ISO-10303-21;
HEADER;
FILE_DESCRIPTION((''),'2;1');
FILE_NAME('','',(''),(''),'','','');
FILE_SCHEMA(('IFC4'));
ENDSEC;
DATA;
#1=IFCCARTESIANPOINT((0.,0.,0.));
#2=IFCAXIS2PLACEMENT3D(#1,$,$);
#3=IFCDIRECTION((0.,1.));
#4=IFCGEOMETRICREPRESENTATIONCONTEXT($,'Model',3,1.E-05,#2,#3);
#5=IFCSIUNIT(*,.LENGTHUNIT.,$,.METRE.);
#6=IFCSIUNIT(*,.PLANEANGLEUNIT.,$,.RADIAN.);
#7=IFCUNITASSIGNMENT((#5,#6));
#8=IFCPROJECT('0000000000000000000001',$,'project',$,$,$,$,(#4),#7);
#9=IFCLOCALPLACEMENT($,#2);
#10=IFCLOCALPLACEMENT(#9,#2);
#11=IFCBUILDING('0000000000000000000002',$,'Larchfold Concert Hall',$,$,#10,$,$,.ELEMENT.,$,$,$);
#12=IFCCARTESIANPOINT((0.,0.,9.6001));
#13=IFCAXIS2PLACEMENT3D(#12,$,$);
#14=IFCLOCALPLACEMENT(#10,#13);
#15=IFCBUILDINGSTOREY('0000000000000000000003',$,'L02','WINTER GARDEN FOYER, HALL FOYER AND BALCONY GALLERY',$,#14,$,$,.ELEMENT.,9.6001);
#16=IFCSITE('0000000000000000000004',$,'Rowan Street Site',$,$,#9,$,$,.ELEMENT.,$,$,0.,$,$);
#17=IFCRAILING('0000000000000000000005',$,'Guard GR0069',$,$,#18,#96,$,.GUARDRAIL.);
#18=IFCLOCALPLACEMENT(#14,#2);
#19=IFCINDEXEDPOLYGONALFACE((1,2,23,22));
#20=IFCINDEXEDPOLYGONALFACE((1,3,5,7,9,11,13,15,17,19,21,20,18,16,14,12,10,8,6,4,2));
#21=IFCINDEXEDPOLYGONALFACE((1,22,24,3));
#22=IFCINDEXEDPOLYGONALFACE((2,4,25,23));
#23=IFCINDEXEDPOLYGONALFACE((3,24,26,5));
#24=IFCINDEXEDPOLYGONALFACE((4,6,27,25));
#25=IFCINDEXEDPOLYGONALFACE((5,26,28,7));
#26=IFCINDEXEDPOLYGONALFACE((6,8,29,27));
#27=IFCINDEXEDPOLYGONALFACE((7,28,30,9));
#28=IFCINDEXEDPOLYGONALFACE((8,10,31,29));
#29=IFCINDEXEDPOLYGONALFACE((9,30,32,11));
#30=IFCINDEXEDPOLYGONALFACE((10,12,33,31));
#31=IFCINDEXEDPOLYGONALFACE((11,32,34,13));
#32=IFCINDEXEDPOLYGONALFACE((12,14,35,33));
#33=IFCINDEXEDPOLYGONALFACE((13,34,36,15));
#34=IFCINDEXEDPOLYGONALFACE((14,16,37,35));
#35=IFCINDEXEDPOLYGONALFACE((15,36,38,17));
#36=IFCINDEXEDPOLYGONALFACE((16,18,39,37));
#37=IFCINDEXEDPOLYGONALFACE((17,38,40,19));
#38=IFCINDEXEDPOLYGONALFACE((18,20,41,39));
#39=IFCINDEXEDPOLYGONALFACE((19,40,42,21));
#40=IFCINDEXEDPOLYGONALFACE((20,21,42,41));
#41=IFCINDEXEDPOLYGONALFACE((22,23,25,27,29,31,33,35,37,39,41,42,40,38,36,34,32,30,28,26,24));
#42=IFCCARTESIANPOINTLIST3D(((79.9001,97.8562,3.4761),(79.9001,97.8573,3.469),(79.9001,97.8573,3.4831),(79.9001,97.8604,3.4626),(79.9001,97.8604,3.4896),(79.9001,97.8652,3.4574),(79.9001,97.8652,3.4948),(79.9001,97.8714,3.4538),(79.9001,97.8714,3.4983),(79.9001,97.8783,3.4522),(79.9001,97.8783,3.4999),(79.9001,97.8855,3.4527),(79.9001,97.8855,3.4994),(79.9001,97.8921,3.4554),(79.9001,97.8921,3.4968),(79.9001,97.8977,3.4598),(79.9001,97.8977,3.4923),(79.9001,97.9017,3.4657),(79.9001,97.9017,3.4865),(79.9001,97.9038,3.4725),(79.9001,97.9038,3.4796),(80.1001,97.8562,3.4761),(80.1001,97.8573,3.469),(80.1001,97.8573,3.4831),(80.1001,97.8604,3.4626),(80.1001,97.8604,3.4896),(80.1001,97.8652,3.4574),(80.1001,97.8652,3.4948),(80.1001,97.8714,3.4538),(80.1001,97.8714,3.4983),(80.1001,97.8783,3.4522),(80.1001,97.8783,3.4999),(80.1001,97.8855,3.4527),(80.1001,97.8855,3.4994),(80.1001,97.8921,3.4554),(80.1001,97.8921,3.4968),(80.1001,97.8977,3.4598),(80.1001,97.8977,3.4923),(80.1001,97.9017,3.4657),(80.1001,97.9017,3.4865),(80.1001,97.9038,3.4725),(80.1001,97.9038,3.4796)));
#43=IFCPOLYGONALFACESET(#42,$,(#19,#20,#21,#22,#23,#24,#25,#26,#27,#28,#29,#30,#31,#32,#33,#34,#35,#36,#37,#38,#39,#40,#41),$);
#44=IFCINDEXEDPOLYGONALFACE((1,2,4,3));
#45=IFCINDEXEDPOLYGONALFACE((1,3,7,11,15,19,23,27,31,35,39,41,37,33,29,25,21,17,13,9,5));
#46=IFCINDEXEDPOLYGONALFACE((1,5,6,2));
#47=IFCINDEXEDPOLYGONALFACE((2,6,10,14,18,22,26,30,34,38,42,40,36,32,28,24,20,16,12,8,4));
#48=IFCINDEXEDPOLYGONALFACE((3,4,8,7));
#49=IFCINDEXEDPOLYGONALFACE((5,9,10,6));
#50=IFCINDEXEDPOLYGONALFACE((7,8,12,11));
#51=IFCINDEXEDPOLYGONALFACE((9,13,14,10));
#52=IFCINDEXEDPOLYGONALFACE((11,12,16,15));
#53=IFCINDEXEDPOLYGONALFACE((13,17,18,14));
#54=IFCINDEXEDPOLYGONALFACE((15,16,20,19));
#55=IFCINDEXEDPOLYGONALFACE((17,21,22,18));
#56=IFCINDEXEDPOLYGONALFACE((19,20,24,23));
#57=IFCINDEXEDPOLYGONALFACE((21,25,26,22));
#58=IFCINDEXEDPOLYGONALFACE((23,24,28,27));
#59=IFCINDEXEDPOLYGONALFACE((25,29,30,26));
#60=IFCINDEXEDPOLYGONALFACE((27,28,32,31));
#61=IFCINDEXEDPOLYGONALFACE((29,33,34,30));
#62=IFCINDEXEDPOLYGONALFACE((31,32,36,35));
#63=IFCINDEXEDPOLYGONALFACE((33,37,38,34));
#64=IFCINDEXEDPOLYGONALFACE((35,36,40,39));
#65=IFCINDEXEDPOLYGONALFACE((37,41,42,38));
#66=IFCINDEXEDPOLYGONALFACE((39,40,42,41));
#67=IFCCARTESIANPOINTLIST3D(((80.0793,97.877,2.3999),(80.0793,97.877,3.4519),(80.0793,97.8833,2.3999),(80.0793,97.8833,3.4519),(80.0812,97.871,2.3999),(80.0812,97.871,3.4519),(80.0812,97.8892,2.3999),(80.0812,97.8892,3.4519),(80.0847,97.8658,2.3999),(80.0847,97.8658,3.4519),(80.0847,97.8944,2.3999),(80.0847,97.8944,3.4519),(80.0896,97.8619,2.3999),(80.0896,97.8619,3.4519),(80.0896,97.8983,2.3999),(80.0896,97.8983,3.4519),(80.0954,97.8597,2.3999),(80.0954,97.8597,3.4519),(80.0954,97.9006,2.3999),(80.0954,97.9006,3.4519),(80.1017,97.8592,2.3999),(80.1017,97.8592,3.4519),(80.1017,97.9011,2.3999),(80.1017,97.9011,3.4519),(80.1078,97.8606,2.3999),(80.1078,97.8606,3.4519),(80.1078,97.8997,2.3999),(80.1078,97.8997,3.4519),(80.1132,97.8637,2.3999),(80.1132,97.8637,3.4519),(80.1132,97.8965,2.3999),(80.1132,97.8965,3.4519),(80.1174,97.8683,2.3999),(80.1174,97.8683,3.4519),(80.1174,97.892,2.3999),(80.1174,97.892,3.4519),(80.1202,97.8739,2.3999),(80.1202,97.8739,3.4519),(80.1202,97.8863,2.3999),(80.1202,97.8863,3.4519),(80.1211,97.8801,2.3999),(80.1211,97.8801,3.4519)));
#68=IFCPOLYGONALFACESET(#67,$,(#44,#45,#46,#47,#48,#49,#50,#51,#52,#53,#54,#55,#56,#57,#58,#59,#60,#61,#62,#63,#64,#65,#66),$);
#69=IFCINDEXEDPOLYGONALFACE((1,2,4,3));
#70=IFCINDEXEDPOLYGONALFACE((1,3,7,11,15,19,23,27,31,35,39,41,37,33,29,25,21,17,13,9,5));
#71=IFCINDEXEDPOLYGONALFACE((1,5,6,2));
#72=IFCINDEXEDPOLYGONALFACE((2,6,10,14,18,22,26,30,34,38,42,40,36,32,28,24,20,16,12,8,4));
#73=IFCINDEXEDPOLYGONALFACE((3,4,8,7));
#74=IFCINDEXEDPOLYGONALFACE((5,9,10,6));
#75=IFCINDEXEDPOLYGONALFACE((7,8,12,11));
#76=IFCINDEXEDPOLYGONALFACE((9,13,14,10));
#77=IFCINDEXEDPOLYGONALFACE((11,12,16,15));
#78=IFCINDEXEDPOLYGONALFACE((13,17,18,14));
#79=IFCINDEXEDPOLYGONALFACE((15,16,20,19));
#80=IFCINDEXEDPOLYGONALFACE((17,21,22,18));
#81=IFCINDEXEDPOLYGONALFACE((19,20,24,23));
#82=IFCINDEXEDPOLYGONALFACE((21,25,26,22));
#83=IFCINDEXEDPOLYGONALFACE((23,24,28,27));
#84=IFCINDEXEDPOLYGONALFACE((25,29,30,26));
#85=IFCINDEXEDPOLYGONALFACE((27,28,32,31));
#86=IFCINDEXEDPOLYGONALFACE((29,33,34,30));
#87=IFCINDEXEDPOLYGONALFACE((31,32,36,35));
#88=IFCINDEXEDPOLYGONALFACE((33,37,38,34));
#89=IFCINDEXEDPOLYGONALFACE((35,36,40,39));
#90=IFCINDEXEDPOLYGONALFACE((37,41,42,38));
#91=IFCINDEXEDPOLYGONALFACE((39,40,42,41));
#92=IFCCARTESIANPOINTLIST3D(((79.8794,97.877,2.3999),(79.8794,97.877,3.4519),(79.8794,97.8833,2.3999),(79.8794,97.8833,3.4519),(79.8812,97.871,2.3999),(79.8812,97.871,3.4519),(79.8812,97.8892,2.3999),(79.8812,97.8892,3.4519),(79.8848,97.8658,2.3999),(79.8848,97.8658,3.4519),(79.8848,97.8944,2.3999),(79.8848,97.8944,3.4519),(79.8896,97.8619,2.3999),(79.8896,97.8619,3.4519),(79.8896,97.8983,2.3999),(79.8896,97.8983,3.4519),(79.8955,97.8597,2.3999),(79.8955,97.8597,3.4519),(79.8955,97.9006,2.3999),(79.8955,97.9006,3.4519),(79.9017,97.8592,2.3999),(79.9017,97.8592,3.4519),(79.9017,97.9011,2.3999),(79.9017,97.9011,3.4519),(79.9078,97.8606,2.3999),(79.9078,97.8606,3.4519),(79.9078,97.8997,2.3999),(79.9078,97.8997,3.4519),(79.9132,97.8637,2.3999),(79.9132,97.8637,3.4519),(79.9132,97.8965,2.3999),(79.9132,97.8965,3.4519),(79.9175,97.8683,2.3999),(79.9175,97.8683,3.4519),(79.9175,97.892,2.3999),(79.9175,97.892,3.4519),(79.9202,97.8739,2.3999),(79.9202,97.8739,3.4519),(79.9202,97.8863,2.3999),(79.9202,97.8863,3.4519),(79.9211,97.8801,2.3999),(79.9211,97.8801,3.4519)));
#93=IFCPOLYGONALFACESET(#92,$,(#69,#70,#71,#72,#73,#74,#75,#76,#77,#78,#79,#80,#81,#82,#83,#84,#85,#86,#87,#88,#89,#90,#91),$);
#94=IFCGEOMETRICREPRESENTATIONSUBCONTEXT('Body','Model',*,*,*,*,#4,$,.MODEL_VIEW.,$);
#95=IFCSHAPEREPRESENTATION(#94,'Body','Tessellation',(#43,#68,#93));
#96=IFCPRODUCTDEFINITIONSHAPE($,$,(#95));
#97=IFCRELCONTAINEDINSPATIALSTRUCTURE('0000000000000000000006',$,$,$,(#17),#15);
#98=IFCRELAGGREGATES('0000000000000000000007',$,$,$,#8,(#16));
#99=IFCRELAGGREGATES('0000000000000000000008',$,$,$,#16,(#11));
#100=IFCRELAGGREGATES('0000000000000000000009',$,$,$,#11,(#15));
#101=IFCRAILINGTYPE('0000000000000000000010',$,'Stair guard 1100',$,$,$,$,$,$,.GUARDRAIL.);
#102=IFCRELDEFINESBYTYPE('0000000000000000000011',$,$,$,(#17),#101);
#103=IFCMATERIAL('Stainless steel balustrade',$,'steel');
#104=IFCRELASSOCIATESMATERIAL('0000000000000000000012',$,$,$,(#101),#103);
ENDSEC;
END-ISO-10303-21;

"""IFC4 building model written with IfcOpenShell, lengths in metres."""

from ifc_helpers import new_model, si_unit, direction, frame, origin, origin_2d, place, context, subcontext, project, spatial, circle, extrude, material, type_object, element, save


model = new_model("IFC4")

# Units and contexts
model_context = context("Model", 3, precision=1e-05, world=origin(), true_north=direction((0.0, 1.0)))
body_context = subcontext(model_context, "Body", "Model", "MODEL_VIEW")
ifc_project = project(units=[si_unit("LENGTHUNIT", "METRE"), si_unit("PLANEANGLEUNIT", "RADIAN")], contexts=[model_context])

# Site, building, storey
site_placement = place(None, origin())
site = spatial("IfcSite", under=ifc_project, at=site_placement, Name="Rowan Street Site", CompositionType="ELEMENT", RefElevation=0.0)
building_placement = place(site_placement, origin())
building = spatial("IfcBuilding", under=site, at=building_placement, Name="Larchfold Concert Hall", CompositionType="ELEMENT")
storey_placement = place(building_placement, frame((0.0, 0.0, 9.6001)))
storey = spatial("IfcBuildingStorey", under=building, at=storey_placement, Name="L02", Description="WINTER GARDEN FOYER, HALL FOYER AND BALCONY GALLERY", CompositionType="ELEMENT", Elevation=9.6001)

# Railing
ifc_material_1 = material(Name="Stainless steel balustrade", Category="steel")
railing_type_1 = type_object("IfcRailingType", Name="Stair guard 1100", PredefinedType="GUARDRAIL", material=ifc_material_1)
railing_1_placement = place(storey_placement, frame((80.1001, 97.8801, 2.3999)))
element("IfcRailing", 1, at=railing_1_placement, inside=storey, type_object=railing_type_1, Name="Guard GR0069", PredefinedType="GUARDRAIL", context=body_context, shape_type="SweptSolid", body=[
    extrude(circle(Radius=0.0239, at=origin_2d()), frame((0.0, 0.0, 1.0762), z_axis=(-1.0, 0.0, 0.0), x_axis=(0.0, -1.0, 0.0)), (0.0, 0.0, 1.0), 0.2),
    extrude(circle(Radius=0.021, at=origin_2d()), origin(), (0.0, 0.0, 1.0), 1.052),
    extrude(circle(Radius=0.021, at=origin_2d()), frame((-0.2, 0.0, 0.0)), (0.0, 0.0, 1.0), 1.052),
])

save(model, "model.ifc")
